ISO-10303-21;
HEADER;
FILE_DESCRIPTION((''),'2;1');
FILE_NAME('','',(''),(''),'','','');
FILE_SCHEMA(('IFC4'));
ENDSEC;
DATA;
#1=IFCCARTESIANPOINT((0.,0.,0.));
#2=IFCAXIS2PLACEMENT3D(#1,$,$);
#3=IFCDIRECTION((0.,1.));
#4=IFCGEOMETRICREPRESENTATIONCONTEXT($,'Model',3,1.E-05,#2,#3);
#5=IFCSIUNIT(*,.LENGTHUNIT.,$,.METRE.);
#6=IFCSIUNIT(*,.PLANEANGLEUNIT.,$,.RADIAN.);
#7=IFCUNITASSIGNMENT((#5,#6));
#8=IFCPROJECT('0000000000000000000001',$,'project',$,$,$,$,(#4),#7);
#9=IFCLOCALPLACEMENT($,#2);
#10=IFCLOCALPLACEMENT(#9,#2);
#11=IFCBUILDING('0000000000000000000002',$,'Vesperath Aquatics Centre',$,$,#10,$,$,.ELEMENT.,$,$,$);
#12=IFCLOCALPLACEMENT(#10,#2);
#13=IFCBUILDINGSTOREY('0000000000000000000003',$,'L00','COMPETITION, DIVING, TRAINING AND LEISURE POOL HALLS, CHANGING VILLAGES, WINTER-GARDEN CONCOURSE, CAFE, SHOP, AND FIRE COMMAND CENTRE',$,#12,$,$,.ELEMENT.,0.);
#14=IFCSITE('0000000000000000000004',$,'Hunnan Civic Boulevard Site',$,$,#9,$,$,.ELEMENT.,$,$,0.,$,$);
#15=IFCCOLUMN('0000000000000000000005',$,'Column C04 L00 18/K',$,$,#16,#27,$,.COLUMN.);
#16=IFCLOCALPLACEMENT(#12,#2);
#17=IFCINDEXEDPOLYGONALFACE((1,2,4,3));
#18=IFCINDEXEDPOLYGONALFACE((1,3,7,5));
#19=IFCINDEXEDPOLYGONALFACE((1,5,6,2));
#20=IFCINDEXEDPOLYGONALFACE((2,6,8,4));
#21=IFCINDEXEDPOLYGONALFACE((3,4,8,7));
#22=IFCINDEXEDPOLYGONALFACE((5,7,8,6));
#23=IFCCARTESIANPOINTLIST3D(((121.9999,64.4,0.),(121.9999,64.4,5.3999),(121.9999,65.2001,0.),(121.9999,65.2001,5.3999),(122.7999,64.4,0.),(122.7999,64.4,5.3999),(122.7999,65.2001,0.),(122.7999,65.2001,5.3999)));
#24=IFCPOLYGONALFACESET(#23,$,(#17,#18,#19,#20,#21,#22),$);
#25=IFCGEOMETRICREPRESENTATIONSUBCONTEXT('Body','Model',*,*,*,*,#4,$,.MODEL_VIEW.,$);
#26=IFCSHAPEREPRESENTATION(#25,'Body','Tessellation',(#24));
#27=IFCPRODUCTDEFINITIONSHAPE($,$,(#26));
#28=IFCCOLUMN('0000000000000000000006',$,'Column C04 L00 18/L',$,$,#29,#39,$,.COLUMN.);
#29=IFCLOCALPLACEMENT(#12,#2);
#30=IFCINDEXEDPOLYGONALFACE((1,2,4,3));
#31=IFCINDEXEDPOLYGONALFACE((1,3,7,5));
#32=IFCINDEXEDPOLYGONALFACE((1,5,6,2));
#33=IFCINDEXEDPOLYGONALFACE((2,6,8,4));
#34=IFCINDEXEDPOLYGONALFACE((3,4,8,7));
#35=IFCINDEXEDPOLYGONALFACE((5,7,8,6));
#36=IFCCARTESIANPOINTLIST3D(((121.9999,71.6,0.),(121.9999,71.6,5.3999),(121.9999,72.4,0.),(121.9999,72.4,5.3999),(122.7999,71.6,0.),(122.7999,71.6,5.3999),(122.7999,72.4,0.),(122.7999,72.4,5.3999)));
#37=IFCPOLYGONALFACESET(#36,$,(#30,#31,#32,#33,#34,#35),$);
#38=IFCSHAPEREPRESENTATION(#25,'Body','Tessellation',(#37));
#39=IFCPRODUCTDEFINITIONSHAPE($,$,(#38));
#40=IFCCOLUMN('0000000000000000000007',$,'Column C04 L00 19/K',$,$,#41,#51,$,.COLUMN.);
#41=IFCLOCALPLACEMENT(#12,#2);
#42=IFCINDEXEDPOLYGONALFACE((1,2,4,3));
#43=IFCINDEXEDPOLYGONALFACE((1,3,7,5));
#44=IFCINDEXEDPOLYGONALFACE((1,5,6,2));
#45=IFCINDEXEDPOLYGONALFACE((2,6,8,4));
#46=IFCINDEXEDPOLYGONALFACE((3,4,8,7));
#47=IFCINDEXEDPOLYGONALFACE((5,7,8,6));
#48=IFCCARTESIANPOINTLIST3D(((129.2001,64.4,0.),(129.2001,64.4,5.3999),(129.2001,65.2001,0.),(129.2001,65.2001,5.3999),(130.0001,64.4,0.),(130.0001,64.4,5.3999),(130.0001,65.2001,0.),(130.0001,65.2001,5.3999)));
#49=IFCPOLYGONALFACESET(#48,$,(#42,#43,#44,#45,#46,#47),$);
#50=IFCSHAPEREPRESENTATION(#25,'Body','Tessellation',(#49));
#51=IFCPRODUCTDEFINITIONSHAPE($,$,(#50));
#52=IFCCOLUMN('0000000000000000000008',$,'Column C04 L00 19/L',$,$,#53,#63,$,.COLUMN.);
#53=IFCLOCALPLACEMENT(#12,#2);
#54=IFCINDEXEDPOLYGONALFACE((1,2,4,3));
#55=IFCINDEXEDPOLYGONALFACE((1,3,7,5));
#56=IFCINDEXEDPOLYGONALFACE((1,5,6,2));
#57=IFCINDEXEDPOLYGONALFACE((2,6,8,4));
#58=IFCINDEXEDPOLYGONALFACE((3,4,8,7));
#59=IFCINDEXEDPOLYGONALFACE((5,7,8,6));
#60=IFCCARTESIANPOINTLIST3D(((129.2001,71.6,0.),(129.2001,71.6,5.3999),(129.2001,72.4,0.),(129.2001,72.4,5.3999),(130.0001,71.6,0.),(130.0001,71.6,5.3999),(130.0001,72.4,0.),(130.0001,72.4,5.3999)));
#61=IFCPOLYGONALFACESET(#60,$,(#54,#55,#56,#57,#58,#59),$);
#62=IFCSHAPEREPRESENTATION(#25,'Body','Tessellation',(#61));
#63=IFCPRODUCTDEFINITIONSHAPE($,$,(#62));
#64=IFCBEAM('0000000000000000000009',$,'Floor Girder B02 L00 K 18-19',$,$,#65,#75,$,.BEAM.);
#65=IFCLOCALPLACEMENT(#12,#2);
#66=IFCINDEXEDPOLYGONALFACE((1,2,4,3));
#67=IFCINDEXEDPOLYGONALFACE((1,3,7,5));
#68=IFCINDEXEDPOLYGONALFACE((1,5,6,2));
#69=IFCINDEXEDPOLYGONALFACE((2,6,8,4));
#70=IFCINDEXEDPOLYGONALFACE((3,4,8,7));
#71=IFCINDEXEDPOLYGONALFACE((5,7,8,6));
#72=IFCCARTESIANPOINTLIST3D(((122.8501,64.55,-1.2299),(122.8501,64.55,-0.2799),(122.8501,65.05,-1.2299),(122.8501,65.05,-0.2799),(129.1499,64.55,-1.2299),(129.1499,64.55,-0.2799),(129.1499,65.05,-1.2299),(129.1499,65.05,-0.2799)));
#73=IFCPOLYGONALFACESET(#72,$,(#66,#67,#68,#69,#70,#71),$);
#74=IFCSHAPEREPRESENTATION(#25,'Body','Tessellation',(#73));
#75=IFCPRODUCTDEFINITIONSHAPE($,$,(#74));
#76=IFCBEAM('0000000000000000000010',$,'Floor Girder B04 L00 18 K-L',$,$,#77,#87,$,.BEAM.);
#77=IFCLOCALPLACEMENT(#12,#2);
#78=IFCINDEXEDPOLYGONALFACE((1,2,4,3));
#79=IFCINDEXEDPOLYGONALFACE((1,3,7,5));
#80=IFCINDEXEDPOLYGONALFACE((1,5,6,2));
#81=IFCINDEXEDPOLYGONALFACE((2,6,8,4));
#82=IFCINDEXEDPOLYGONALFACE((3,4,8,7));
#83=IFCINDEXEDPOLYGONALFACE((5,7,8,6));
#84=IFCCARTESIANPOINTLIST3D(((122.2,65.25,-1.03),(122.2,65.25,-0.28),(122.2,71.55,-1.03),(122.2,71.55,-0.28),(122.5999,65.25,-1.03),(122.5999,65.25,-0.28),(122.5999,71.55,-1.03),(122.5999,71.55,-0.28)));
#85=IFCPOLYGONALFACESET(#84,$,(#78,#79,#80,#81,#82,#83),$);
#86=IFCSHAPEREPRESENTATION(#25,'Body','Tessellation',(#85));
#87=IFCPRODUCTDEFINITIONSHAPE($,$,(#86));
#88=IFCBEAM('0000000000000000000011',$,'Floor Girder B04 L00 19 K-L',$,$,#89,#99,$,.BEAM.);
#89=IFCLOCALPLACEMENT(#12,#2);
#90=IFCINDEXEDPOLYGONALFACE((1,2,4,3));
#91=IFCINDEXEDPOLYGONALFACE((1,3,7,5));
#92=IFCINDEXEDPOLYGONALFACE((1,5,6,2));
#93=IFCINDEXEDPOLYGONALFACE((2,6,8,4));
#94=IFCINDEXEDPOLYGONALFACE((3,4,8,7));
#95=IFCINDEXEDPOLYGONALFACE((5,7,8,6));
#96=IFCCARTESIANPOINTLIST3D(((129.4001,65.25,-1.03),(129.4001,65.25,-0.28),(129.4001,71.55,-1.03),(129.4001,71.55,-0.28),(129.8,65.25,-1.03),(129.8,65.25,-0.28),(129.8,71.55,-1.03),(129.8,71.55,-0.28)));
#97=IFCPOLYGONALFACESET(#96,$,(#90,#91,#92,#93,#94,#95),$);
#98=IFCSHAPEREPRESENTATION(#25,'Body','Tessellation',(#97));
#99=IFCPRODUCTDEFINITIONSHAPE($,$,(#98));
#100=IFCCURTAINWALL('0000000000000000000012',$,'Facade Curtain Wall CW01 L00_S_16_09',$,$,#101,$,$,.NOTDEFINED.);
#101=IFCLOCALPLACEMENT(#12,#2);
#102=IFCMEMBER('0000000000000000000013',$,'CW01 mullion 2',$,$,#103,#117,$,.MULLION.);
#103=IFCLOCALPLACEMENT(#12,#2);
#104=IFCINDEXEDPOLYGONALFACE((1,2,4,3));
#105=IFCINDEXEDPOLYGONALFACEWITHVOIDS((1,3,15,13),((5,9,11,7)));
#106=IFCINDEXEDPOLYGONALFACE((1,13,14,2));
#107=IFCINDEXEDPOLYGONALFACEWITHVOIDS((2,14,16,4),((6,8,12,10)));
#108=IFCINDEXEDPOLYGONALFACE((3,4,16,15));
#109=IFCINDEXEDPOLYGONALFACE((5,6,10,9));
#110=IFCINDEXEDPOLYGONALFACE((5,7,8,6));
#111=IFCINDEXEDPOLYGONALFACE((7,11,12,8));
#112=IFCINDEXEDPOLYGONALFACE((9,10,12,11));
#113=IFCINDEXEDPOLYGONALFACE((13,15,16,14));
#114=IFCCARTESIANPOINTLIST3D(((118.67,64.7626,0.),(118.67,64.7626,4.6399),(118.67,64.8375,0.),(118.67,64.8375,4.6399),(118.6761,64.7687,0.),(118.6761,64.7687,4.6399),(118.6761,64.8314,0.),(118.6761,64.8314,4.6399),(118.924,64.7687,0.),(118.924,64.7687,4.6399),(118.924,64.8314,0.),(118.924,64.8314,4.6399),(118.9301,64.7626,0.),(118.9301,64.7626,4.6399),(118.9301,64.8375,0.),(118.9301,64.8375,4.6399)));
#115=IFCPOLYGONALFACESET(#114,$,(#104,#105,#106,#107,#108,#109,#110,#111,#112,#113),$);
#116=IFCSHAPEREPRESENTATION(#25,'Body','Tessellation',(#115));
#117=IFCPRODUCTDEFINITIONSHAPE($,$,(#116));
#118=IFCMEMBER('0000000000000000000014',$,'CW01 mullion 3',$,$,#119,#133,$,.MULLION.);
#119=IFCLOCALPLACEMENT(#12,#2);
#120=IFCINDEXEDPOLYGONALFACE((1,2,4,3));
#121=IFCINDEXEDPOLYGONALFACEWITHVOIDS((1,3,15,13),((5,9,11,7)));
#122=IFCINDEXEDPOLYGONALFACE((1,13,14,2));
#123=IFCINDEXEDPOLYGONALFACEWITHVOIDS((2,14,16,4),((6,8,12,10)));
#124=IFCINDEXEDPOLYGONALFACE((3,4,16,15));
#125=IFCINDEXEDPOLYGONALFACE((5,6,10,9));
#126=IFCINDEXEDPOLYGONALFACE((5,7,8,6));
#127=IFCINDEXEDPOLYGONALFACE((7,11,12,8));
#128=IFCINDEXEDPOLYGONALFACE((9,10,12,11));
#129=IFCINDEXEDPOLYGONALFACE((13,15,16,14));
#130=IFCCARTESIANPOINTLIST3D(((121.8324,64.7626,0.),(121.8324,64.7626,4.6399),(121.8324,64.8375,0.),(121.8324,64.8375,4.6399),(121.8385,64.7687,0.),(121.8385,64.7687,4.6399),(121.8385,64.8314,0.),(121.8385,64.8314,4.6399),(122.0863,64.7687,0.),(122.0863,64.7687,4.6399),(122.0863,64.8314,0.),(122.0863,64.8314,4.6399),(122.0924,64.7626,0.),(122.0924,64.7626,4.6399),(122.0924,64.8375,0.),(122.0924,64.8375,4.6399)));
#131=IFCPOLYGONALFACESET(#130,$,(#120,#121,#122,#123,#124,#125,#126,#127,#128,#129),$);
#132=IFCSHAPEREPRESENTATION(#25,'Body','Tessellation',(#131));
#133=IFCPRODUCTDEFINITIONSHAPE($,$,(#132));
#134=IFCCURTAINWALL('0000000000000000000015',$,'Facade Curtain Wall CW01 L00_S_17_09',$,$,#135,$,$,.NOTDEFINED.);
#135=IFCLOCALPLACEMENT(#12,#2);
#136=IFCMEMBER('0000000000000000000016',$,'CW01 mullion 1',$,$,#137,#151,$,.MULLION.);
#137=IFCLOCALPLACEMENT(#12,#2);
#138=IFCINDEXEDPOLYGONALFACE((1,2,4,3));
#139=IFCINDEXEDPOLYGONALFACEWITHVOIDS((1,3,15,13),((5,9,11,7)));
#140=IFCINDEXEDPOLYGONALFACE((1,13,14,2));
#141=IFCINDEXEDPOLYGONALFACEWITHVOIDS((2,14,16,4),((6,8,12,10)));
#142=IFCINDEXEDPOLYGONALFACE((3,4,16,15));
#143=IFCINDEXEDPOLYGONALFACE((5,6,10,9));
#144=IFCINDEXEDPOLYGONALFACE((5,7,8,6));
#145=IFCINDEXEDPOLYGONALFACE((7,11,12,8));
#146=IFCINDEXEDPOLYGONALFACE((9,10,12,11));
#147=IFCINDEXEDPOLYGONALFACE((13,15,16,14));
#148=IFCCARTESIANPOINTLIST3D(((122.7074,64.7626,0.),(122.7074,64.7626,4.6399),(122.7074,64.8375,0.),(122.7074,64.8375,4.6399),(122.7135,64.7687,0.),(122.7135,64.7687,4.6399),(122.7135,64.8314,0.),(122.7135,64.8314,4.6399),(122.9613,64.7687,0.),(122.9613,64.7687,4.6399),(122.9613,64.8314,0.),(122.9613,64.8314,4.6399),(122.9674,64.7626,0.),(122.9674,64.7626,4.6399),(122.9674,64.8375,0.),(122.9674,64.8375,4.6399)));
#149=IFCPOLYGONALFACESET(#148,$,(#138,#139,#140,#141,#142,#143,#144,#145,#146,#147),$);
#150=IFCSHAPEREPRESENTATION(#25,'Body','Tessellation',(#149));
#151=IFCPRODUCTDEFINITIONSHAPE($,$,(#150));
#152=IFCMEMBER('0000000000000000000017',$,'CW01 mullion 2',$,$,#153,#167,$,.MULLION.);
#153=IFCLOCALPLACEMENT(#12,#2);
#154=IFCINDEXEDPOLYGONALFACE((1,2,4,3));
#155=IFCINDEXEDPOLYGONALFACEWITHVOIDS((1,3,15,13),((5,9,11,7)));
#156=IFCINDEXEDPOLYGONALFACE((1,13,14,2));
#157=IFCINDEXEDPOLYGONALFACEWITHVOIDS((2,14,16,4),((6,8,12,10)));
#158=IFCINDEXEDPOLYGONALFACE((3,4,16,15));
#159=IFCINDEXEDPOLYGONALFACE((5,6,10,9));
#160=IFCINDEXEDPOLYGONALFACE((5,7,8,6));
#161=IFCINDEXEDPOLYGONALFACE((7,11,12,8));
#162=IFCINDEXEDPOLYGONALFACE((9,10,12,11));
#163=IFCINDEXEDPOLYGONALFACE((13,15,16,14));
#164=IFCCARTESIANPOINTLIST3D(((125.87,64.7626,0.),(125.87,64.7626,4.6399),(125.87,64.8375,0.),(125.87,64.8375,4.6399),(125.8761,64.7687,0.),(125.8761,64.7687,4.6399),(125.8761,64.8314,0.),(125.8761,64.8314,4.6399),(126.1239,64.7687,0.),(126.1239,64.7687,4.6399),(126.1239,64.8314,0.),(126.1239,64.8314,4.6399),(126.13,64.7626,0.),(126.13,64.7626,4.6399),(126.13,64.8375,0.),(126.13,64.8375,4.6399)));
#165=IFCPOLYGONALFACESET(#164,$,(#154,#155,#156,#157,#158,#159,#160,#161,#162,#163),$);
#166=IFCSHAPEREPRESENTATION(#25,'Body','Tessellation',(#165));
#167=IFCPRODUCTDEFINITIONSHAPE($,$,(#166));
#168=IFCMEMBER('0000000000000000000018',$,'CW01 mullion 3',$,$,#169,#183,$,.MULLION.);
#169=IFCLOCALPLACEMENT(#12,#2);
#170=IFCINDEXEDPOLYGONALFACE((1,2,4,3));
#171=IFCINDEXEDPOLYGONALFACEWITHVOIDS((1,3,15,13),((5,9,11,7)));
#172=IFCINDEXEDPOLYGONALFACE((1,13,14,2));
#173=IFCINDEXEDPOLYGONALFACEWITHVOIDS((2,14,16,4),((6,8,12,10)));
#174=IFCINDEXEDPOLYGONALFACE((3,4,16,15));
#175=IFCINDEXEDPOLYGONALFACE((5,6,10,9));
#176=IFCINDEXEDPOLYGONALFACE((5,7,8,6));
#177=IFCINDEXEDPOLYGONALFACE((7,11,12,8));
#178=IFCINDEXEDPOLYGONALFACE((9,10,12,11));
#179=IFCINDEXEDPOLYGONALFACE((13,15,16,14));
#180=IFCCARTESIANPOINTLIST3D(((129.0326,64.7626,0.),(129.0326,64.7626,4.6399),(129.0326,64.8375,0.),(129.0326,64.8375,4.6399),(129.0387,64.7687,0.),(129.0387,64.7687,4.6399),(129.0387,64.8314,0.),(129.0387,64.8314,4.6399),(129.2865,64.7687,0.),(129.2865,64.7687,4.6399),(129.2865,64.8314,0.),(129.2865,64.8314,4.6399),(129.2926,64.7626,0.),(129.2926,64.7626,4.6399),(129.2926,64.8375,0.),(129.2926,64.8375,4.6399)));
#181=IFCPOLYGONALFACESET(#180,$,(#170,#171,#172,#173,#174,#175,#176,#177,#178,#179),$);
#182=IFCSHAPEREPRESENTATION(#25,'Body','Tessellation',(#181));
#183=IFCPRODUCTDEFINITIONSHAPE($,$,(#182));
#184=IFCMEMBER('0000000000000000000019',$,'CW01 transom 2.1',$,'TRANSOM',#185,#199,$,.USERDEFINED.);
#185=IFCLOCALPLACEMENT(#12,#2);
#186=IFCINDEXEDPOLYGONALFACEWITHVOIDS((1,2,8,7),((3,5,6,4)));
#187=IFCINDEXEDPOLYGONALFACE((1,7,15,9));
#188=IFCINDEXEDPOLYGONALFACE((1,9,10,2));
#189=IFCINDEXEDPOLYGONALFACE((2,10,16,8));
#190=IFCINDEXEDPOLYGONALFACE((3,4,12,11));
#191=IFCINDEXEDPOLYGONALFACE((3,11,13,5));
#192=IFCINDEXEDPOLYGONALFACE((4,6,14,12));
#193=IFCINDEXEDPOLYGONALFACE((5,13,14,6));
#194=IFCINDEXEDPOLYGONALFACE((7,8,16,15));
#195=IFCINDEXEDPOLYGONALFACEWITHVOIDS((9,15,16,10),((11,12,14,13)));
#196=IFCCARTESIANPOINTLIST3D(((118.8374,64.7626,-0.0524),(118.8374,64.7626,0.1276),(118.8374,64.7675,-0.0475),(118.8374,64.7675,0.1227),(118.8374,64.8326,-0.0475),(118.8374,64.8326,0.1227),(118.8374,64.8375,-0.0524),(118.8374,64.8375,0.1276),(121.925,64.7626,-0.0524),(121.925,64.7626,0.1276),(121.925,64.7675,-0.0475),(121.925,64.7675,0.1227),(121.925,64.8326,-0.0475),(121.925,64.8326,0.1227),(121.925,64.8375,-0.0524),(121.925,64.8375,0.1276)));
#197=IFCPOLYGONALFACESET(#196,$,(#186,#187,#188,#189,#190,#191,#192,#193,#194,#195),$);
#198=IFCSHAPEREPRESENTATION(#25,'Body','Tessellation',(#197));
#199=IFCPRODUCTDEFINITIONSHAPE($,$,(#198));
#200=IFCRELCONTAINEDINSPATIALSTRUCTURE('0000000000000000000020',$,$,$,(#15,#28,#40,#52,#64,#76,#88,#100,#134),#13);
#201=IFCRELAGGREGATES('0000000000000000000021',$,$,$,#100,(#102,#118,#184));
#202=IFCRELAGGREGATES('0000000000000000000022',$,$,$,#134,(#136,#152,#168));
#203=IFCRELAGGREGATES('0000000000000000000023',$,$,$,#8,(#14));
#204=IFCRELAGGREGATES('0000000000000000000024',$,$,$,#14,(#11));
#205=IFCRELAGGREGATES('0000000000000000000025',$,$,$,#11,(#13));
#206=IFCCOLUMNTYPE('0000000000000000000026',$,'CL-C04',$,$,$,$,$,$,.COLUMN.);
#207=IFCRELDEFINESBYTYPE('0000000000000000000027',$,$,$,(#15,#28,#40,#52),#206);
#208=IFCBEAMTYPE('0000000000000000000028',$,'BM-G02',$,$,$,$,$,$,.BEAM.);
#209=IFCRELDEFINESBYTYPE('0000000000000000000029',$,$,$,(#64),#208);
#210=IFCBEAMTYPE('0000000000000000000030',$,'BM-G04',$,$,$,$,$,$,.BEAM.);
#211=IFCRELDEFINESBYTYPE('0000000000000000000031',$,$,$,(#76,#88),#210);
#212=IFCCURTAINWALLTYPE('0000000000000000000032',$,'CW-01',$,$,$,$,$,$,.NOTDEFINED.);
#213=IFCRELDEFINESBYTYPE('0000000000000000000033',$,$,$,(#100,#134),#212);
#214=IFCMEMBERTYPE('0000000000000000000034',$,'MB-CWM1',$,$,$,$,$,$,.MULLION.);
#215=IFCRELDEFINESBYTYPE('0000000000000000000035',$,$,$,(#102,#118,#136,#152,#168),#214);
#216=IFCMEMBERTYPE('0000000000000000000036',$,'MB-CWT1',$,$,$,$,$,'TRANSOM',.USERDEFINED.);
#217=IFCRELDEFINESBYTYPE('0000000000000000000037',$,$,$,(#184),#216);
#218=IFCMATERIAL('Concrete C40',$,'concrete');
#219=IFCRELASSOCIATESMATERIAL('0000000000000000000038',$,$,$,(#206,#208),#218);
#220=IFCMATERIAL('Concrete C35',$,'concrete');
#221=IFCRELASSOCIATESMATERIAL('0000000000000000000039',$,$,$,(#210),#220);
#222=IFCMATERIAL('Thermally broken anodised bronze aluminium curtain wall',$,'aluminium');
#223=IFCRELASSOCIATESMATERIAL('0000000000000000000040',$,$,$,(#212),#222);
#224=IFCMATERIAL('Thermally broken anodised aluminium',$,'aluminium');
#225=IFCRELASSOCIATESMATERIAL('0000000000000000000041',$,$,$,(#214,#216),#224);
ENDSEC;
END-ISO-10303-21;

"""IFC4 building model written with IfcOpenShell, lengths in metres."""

from ifc_helpers import new_model, si_unit, direction, frame, origin, origin_2d, place, context, subcontext, project, spatial, rectangle, hollow_rectangle, extrude, material, material_profile, profile_set, type_object, element, aggregate, save


model = new_model("IFC4")

# Units and contexts
model_context = context("Model", 3, precision=1e-05, world=origin(), true_north=direction((0.0, 1.0)))
body_context = subcontext(model_context, "Body", "Model", "MODEL_VIEW")
ifc_project = project(units=[si_unit("LENGTHUNIT", "METRE"), si_unit("PLANEANGLEUNIT", "RADIAN")], contexts=[model_context])

# Site, building, storey
site_placement = place(None, origin())
site = spatial("IfcSite", under=ifc_project, at=site_placement, Name="Hunnan Civic Boulevard Site", CompositionType="ELEMENT", RefElevation=0.0)
building_placement = place(site_placement, origin())
building = spatial("IfcBuilding", under=site, at=building_placement, Name="Vesperath Aquatics Centre", CompositionType="ELEMENT")
storey_placement = place(building_placement, origin())
storey = spatial("IfcBuildingStorey", under=building, at=storey_placement, Name="L00", Description="COMPETITION, DIVING, TRAINING AND LEISURE POOL HALLS, CHANGING VILLAGES, WINTER-GARDEN CONCOURSE, CAFE, SHOP, AND FIRE COMMAND CENTRE", CompositionType="ELEMENT", Elevation=0.0)

# Columns
ifc_material_1 = material(Name="Concrete C40", Category="concrete")
ifc_material_profile_1 = material_profile(ifc_material_1, rectangle(XDim=0.8, YDim=0.8, at=origin_2d()), Name="RC 800x800")
ifc_profile_set_1 = profile_set([ifc_material_profile_1], Name="Concrete C40")
column_type = type_object("IfcColumnType", Name="CL-C04", PredefinedType="COLUMN", material=ifc_profile_set_1)
for number, where, z_axis, x_axis, name in (
    (1, (122.3999, 64.8, 0.0), (0.0, 0.0, 1.0), (1.0, 0.0, 0.0), "Column C04 L00 18/K"),
    (2, (122.3999, 72.0, 0.0), (0.0, 0.0, 1.0), (1.0, 0.0, 0.0), "Column C04 L00 18/L"),
    (3, (129.6001, 64.8, 0.0), (0.0, 0.0, 1.0), (1.0, 0.0, 0.0), "Column C04 L00 19/K"),
    (4, (129.6001, 72.0, 0.0), (0.0, 0.0, 1.0), (1.0, 0.0, 0.0), "Column C04 L00 19/L"),
):
    element("IfcColumn", number, at=place(storey_placement, frame(where, z_axis=z_axis, x_axis=x_axis)), inside=storey, type_object=column_type, Name=name, PredefinedType="COLUMN", context=body_context, shape_type="SweptSolid", body=[
        extrude(rectangle(XDim=0.8, YDim=0.8, at=origin_2d()), origin(), (0.0, 0.0, 1.0), 5.3999),
    ])

# Beams
ifc_material_profile_2 = material_profile(ifc_material_1, rectangle(XDim=0.5, YDim=0.95, at=origin_2d()), Name="RC 500x950")
ifc_profile_set_2 = profile_set([ifc_material_profile_2], Name="Concrete C40")
beam_type_1 = type_object("IfcBeamType", Name="BM-G02", PredefinedType="BEAM", material=ifc_profile_set_2)
beam_placement = place(storey_placement, frame((122.8501, 64.8, -0.7549), z_axis=(1.0, 0.0, 0.0), x_axis=(0.0, 1.0, 0.0)))
element("IfcBeam", 5, at=beam_placement, inside=storey, type_object=beam_type_1, Name="Floor Girder B02 L00 K 18-19", PredefinedType="BEAM", context=body_context, shape_type="SweptSolid", body=[
    extrude(rectangle(XDim=0.5, YDim=0.95, at=origin_2d()), origin(), (0.0, 0.0, 1.0), 6.2998),
])
ifc_material_2 = material(Name="Concrete C35", Category="concrete")
ifc_material_profile_3 = material_profile(ifc_material_2, rectangle(XDim=0.3999, YDim=0.75, at=origin_2d()), Name="RC 400x750")
ifc_profile_set_3 = profile_set([ifc_material_profile_3], Name="Concrete C35")
beam_type_2 = type_object("IfcBeamType", Name="BM-G04", PredefinedType="BEAM", material=ifc_profile_set_3)
for number, where, z_axis, x_axis, name in (
    (6, (122.3999, 65.25, -0.655), (0.0, 1.0, 0.0), (-1.0, 0.0, 0.0), "Floor Girder B04 L00 18 K-L"),
    (7, (129.6001, 65.25, -0.655), (0.0, 1.0, 0.0), (-1.0, 0.0, 0.0), "Floor Girder B04 L00 19 K-L"),
):
    element("IfcBeam", number, at=place(storey_placement, frame(where, z_axis=z_axis, x_axis=x_axis)), inside=storey, type_object=beam_type_2, Name=name, PredefinedType="BEAM", context=body_context, shape_type="SweptSolid", body=[
        extrude(rectangle(XDim=0.3999, YDim=0.75, at=origin_2d()), origin(), (0.0, 0.0, 1.0), 6.3),
    ])

# Curtain walls, members
ifc_material_3 = material(Name="Thermally broken anodised bronze aluminium curtain wall", Category="aluminium")
curtain_wall_type = type_object("IfcCurtainWallType", Name="CW-01", PredefinedType="NOTDEFINED", material=ifc_material_3)
curtain_wall_1_placement = place(storey_placement, origin())
curtain_wall_1 = element("IfcCurtainWall", 8, at=curtain_wall_1_placement, inside=storey, type_object=curtain_wall_type, Name="Facade Curtain Wall CW01 L00_S_16_09", PredefinedType="NOTDEFINED")
ifc_material_4 = material(Name="Thermally broken anodised aluminium", Category="aluminium")
ifc_material_profile_4 = material_profile(ifc_material_4, hollow_rectangle(XDim=0.075, YDim=0.26, WallThickness=0.0061, at=origin_2d()), Name="CWM 75x260x6")
ifc_profile_set_4 = profile_set([ifc_material_profile_4], Name="Thermally broken anodised aluminium")
member_type_1 = type_object("IfcMemberType", Name="MB-CWM1", PredefinedType="MULLION", material=ifc_profile_set_4)
member_1_placement = place(storey_placement, frame((118.8, 64.8, 0.0), z_axis=(0.0, 0.0, 1.0), x_axis=(0.0, 1.0, 0.0)))
member_1 = element("IfcMember", 9, at=member_1_placement, type_object=member_type_1, Name="CW01 mullion 2", PredefinedType="MULLION", context=body_context, shape_type="SweptSolid", body=[
    extrude(hollow_rectangle(XDim=0.075, YDim=0.26, WallThickness=0.0061, at=origin_2d()), origin(), (0.0, 0.0, 1.0), 4.6399),
])
member_2_placement = place(storey_placement, frame((121.9624, 64.8, 0.0), z_axis=(0.0, 0.0, 1.0), x_axis=(0.0, 1.0, 0.0)))
member_2 = element("IfcMember", 10, at=member_2_placement, type_object=member_type_1, Name="CW01 mullion 3", PredefinedType="MULLION", context=body_context, shape_type="SweptSolid", body=[
    extrude(hollow_rectangle(XDim=0.075, YDim=0.26, WallThickness=0.0061, at=origin_2d()), origin(), (0.0, 0.0, 1.0), 4.6399),
])
curtain_wall_2_placement = place(storey_placement, origin())
curtain_wall_2 = element("IfcCurtainWall", 11, at=curtain_wall_2_placement, inside=storey, type_object=curtain_wall_type, Name="Facade Curtain Wall CW01 L00_S_17_09", PredefinedType="NOTDEFINED")
member_3_placement = place(storey_placement, frame((122.8374, 64.8, 0.0), z_axis=(0.0, 0.0, 1.0), x_axis=(0.0, 1.0, 0.0)))
member_3 = element("IfcMember", 12, at=member_3_placement, type_object=member_type_1, Name="CW01 mullion 1", PredefinedType="MULLION", context=body_context, shape_type="SweptSolid", body=[
    extrude(hollow_rectangle(XDim=0.075, YDim=0.26, WallThickness=0.0061, at=origin_2d()), origin(), (0.0, 0.0, 1.0), 4.6399),
])
member_4_placement = place(storey_placement, frame((126.0, 64.8, 0.0), z_axis=(0.0, 0.0, 1.0), x_axis=(0.0, 1.0, 0.0)))
member_4 = element("IfcMember", 13, at=member_4_placement, type_object=member_type_1, Name="CW01 mullion 2", PredefinedType="MULLION", context=body_context, shape_type="SweptSolid", body=[
    extrude(hollow_rectangle(XDim=0.075, YDim=0.26, WallThickness=0.0061, at=origin_2d()), origin(), (0.0, 0.0, 1.0), 4.6399),
])
member_5_placement = place(storey_placement, frame((129.1626, 64.8, 0.0), z_axis=(0.0, 0.0, 1.0), x_axis=(0.0, 1.0, 0.0)))
member_5 = element("IfcMember", 14, at=member_5_placement, type_object=member_type_1, Name="CW01 mullion 3", PredefinedType="MULLION", context=body_context, shape_type="SweptSolid", body=[
    extrude(hollow_rectangle(XDim=0.075, YDim=0.26, WallThickness=0.0061, at=origin_2d()), origin(), (0.0, 0.0, 1.0), 4.6399),
])

# Member
ifc_material_profile_5 = material_profile(ifc_material_4, hollow_rectangle(XDim=0.075, YDim=0.1799, WallThickness=0.0049, at=origin_2d()), Name="CWT 75x180x5")
ifc_profile_set_5 = profile_set([ifc_material_profile_5], Name="Thermally broken anodised aluminium")
member_type_2 = type_object("IfcMemberType", Name="MB-CWT1", ElementType="TRANSOM", PredefinedType="USERDEFINED", material=ifc_profile_set_5)
member_6_placement = place(storey_placement, frame((118.8374, 64.8, 0.0376), z_axis=(1.0, 0.0, 0.0), x_axis=(0.0, 1.0, 0.0)))
member_6 = element("IfcMember", 15, at=member_6_placement, type_object=member_type_2, Name="CW01 transom 2.1", ObjectType="TRANSOM", PredefinedType="USERDEFINED", context=body_context, shape_type="SweptSolid", body=[
    extrude(hollow_rectangle(XDim=0.075, YDim=0.1799, WallThickness=0.0049, at=origin_2d()), origin(), (0.0, 0.0, 1.0), 3.0876),
])

aggregate(curtain_wall_1, [member_1, member_2, member_6])
aggregate(curtain_wall_2, [member_3, member_4, member_5])

save(model, "model.ifc")
